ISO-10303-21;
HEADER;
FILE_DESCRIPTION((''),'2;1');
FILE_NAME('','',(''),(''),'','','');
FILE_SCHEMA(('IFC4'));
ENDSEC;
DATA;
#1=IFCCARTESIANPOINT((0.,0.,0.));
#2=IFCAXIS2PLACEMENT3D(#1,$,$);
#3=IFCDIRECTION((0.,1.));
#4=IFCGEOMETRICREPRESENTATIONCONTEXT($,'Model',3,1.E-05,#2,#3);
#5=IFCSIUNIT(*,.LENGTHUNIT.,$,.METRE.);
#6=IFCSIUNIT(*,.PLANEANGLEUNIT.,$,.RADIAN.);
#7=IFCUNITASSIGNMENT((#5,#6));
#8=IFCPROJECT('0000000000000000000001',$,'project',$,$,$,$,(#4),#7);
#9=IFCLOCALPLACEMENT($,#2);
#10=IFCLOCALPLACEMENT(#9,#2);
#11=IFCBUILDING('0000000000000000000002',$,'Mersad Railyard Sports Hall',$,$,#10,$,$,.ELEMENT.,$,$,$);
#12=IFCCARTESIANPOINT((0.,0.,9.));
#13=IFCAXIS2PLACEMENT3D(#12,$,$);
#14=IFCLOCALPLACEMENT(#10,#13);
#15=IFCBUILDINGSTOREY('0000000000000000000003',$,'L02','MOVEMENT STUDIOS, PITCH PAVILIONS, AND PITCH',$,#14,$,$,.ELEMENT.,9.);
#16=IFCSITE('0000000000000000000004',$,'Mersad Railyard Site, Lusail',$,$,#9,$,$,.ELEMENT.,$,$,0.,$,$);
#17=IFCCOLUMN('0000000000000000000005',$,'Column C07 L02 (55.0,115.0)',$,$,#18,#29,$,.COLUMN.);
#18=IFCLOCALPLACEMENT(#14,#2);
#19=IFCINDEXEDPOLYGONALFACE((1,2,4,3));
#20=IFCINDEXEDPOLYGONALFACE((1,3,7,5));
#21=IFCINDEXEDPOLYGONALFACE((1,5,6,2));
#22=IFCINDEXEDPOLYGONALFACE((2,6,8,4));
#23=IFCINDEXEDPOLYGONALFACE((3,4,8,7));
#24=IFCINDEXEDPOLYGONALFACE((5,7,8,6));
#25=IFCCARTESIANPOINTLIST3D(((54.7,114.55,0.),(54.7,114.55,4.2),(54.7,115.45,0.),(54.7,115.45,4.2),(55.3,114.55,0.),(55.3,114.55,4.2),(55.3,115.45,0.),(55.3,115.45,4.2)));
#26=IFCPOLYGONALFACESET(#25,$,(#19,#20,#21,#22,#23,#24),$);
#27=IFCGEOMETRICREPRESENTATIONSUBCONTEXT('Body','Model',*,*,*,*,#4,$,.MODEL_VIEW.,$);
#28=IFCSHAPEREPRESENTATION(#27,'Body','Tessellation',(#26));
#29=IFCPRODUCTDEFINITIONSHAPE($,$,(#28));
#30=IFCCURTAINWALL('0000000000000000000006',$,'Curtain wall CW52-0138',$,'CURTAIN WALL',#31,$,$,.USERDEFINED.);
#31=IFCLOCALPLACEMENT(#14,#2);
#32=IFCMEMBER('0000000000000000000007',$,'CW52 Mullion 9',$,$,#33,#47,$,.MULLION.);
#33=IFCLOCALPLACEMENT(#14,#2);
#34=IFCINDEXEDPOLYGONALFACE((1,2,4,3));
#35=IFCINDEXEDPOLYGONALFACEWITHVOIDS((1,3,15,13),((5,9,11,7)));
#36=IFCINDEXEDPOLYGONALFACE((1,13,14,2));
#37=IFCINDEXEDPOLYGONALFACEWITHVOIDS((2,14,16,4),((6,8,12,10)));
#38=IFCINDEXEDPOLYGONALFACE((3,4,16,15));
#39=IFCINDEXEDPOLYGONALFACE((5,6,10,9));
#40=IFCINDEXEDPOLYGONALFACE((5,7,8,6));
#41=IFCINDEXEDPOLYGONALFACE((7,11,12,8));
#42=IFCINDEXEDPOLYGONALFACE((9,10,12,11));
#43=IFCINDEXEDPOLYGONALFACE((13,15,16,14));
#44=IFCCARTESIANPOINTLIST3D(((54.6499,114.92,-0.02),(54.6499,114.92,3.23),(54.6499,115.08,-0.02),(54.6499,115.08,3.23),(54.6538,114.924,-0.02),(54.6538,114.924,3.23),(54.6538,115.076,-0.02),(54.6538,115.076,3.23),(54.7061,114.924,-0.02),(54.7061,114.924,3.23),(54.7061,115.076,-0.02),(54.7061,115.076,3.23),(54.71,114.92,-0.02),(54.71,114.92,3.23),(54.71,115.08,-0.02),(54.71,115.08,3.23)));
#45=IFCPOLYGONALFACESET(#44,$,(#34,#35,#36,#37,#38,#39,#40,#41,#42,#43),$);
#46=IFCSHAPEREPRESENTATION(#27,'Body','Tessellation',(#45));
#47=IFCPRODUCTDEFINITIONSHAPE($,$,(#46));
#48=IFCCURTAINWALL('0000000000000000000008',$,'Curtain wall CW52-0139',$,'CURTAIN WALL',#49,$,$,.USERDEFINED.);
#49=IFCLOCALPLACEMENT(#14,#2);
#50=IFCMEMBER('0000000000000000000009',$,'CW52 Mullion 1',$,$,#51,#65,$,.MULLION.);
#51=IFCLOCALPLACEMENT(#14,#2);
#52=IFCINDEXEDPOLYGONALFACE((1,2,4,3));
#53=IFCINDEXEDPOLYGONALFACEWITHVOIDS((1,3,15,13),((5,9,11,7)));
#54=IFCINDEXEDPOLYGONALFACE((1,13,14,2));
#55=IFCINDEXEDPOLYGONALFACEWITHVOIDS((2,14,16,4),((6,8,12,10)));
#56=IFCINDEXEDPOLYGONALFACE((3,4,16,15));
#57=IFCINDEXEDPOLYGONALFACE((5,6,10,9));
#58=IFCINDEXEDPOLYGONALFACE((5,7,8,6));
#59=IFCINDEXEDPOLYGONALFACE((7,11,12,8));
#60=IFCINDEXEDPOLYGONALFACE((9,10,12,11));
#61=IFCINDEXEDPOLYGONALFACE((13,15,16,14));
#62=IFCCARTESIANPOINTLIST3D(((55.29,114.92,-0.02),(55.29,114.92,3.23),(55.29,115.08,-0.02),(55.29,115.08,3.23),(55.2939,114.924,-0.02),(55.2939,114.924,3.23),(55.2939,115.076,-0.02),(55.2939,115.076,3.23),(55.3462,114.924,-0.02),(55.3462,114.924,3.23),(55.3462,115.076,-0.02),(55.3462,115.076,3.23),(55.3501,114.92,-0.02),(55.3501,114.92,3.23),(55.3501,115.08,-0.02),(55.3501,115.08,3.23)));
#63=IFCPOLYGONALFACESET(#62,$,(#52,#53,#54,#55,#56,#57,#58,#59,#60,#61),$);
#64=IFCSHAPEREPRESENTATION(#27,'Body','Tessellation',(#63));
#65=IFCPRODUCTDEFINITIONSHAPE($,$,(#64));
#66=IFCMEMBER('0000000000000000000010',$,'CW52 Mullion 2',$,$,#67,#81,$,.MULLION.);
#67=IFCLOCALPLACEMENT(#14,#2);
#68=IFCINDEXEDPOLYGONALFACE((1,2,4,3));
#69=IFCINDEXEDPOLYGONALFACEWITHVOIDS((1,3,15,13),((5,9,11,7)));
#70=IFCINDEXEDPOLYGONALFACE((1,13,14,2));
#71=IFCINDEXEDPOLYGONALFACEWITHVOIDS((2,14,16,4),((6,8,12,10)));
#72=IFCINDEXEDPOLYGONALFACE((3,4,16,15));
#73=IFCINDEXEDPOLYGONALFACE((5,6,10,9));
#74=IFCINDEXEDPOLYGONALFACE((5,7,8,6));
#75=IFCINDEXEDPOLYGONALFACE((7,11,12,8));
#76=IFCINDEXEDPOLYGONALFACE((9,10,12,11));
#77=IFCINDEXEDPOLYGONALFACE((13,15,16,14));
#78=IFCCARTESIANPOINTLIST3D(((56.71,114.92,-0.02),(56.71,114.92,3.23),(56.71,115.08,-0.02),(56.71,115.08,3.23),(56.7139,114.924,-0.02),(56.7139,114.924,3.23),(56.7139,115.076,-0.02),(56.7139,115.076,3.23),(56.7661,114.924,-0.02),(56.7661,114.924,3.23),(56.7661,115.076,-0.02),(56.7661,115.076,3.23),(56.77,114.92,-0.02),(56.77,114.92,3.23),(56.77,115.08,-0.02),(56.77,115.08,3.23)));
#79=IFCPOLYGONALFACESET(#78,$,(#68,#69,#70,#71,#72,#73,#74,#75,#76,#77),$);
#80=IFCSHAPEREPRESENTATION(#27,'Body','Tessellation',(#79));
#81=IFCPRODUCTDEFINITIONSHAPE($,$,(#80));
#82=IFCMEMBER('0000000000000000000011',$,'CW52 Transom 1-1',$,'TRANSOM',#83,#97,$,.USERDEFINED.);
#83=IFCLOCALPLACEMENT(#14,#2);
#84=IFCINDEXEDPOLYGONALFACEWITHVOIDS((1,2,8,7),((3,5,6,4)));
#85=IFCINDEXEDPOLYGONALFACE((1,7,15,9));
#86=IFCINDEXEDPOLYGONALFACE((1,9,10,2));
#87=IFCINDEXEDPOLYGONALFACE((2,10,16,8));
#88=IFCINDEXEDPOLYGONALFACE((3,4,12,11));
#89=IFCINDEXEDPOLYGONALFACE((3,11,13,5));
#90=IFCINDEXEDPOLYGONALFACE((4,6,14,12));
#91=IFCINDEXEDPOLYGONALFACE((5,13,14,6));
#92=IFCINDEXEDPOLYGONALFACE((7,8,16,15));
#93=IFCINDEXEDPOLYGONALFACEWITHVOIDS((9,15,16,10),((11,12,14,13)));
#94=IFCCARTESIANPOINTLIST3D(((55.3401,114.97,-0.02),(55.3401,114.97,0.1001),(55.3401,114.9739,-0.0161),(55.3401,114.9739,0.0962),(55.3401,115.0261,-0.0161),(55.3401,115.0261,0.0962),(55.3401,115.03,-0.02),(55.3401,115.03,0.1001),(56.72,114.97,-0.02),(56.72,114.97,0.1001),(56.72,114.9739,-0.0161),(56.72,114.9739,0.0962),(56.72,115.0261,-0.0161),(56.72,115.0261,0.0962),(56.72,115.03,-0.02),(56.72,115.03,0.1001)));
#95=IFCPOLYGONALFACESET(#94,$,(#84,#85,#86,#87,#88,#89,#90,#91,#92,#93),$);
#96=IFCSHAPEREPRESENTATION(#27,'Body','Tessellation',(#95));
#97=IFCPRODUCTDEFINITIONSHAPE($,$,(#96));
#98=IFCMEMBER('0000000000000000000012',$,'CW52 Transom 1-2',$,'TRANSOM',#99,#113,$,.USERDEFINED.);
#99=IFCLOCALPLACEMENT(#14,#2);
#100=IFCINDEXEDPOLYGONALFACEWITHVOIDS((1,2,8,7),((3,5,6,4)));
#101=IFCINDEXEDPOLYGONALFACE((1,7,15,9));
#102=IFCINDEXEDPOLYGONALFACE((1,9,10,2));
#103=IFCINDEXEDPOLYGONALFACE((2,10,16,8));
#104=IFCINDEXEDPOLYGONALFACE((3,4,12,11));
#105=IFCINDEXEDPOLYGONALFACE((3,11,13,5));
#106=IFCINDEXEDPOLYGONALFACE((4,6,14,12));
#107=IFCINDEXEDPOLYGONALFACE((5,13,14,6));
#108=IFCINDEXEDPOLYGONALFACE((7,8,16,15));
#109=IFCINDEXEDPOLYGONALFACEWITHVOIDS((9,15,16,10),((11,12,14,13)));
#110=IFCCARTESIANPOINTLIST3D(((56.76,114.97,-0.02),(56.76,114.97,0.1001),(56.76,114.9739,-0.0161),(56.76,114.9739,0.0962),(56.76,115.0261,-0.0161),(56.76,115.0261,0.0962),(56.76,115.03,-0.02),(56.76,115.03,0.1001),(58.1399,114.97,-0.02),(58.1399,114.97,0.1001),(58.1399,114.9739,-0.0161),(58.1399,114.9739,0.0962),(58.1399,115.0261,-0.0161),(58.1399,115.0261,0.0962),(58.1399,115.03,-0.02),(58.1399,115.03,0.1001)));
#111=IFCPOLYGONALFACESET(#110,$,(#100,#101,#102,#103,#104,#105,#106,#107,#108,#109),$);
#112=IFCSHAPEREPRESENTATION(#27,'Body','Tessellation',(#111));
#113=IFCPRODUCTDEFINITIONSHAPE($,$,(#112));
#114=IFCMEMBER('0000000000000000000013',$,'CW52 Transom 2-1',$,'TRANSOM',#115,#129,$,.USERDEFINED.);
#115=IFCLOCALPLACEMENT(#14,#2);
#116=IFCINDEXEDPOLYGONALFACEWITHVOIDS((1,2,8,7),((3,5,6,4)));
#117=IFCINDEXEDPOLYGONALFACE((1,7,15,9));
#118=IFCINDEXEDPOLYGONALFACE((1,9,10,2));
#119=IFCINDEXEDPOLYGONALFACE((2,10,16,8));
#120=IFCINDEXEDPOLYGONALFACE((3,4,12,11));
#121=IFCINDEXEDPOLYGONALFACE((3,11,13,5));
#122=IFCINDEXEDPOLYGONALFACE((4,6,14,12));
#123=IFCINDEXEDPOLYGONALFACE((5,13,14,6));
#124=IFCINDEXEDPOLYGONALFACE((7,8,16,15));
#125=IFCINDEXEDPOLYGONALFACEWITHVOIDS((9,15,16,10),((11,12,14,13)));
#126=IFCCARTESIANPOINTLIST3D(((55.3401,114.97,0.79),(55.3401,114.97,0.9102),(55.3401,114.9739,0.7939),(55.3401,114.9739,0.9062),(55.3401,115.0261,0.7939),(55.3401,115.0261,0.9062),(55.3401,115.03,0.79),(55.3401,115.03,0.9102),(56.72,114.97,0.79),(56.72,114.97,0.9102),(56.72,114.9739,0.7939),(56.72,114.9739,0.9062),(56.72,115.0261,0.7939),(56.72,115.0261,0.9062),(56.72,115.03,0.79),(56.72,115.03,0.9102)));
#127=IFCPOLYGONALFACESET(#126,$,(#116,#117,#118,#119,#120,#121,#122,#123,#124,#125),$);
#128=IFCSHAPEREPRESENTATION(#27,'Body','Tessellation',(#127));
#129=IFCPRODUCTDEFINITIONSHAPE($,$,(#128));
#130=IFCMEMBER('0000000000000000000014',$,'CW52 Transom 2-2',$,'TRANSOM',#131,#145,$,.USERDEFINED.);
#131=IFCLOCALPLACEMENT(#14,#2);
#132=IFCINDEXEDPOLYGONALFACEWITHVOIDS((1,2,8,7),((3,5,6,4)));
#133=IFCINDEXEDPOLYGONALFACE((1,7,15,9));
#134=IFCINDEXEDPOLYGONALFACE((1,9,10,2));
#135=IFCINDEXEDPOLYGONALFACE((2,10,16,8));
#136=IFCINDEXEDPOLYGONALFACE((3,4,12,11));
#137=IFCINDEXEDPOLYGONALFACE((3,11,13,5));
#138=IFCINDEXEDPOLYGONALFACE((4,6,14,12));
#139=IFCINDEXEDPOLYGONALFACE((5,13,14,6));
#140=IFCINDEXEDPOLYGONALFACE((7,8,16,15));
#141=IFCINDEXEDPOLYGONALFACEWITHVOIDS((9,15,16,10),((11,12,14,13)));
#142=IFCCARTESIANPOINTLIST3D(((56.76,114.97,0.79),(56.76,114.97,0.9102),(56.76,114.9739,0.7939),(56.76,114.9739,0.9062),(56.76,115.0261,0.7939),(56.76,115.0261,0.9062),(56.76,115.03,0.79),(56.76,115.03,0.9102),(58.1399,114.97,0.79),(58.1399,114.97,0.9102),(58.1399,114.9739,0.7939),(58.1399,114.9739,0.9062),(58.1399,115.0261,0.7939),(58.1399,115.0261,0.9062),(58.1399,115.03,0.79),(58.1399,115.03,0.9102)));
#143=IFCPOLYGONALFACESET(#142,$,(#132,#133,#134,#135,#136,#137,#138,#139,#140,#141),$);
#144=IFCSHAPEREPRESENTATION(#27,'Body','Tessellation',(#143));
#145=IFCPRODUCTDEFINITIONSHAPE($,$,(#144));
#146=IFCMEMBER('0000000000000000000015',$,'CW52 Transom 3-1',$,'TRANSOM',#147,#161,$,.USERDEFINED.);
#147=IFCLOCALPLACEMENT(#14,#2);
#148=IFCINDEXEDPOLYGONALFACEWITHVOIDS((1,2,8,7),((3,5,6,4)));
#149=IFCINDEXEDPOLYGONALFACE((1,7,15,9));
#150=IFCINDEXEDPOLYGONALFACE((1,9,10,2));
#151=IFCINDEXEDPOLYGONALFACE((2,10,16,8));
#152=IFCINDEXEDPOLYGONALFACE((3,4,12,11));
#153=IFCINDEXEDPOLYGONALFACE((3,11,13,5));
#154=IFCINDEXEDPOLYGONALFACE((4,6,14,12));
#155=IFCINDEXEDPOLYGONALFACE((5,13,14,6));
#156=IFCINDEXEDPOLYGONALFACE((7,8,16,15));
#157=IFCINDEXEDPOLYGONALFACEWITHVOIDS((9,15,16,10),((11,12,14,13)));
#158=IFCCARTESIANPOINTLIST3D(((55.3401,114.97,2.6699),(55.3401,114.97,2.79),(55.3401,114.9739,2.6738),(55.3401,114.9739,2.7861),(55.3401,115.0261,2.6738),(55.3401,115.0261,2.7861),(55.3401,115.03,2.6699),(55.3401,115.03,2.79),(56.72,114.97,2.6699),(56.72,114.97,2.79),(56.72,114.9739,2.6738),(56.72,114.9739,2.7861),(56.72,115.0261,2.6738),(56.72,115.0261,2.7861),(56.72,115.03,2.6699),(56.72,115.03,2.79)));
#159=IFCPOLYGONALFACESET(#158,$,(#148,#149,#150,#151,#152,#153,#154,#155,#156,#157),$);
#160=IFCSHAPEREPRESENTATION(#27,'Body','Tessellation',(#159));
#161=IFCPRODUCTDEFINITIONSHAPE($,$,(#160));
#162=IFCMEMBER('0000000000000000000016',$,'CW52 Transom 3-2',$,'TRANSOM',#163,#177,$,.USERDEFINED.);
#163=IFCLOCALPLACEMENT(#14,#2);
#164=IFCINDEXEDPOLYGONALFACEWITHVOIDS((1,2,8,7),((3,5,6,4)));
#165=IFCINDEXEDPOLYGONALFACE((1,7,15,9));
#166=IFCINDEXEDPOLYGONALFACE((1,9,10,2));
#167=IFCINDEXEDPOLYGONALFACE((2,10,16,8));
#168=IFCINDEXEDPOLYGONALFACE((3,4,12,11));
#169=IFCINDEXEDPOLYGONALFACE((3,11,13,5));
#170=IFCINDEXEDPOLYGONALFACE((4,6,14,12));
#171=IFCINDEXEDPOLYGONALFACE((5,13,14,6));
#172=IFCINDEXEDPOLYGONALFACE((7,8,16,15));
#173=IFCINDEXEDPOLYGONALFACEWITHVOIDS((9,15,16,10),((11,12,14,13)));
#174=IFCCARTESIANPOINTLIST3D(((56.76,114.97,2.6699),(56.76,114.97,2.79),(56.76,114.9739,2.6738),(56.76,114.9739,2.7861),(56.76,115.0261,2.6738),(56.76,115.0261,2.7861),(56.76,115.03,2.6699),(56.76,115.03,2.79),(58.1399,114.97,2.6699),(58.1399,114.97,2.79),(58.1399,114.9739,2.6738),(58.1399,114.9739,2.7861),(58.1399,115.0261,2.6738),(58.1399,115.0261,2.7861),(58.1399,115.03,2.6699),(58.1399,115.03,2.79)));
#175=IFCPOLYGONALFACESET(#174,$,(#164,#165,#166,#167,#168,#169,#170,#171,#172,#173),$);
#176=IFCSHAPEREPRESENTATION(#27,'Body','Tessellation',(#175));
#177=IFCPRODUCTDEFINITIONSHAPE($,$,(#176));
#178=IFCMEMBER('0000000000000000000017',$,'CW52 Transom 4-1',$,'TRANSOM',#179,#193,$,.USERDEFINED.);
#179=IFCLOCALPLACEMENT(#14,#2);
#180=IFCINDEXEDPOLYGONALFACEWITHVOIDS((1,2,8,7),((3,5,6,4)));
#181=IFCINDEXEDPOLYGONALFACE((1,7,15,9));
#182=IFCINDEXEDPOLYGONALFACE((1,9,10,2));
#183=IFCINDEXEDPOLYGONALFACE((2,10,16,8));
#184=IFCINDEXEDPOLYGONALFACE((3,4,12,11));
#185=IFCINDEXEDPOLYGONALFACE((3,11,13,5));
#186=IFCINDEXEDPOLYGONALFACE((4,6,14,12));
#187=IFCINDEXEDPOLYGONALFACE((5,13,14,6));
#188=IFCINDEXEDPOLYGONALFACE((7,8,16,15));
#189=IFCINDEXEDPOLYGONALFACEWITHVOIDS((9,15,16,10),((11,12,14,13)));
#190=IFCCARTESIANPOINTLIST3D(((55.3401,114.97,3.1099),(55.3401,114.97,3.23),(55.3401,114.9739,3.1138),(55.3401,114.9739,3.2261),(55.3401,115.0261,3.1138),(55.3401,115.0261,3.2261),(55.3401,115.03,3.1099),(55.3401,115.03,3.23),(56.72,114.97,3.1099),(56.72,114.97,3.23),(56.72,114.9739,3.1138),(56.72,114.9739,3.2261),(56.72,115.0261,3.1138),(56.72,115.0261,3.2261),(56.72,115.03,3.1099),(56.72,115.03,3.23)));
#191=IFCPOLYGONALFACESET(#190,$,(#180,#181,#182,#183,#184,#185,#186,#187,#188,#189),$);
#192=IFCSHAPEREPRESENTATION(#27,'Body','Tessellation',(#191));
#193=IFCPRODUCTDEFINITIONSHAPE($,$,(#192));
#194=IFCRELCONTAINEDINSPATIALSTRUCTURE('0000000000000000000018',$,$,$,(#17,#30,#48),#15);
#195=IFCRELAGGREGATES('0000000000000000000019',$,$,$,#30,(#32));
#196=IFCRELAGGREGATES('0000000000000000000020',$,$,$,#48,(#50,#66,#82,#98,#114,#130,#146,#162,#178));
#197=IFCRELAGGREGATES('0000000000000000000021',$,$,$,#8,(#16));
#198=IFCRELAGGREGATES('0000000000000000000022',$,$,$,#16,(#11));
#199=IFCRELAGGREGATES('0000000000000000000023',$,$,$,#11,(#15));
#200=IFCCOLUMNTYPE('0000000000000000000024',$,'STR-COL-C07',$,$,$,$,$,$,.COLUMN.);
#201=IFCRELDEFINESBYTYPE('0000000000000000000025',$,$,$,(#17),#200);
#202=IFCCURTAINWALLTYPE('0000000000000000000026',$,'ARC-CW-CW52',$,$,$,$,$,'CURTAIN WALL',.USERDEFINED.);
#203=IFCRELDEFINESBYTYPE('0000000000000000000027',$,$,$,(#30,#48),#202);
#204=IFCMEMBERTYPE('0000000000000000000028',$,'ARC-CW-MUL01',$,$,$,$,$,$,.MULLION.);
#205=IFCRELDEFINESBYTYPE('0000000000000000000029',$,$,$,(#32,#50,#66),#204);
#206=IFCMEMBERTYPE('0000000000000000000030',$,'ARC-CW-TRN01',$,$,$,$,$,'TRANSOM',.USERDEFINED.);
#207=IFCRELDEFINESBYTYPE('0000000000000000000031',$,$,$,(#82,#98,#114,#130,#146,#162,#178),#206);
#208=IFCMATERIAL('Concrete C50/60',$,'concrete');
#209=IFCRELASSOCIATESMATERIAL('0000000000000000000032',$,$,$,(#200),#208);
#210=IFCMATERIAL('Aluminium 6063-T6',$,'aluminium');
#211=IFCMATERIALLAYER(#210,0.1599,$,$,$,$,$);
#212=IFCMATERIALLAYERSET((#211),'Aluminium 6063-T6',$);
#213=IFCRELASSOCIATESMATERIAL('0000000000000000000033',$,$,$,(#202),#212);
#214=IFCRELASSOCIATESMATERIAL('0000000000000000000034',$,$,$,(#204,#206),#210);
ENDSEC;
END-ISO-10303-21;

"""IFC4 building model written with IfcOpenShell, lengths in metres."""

from ifc_helpers import new_model, si_unit, direction, frame, origin, origin_2d, place, context, subcontext, project, spatial, rectangle, hollow_rectangle, extrude, material, layer, layer_set, material_profile, profile_set, type_object, element, aggregate, save


model = new_model("IFC4")

# Units and contexts
model_context = context("Model", 3, precision=1e-05, world=origin(), true_north=direction((0.0, 1.0)))
body_context = subcontext(model_context, "Body", "Model", "MODEL_VIEW")
ifc_project = project(units=[si_unit("LENGTHUNIT", "METRE"), si_unit("PLANEANGLEUNIT", "RADIAN")], contexts=[model_context])

# Site, building, storey
site_placement = place(None, origin())
site = spatial("IfcSite", under=ifc_project, at=site_placement, Name="Mersad Railyard Site, Lusail", CompositionType="ELEMENT", RefElevation=0.0)
building_placement = place(site_placement, origin())
building = spatial("IfcBuilding", under=site, at=building_placement, Name="Mersad Railyard Sports Hall", CompositionType="ELEMENT")
storey_placement = place(building_placement, frame((0.0, 0.0, 9.0)))
storey = spatial("IfcBuildingStorey", under=building, at=storey_placement, Name="L02", Description="MOVEMENT STUDIOS, PITCH PAVILIONS, AND PITCH", CompositionType="ELEMENT", Elevation=9.0)

# Column
ifc_material_1 = material(Name="Concrete C50/60", Category="concrete")
ifc_material_profile_1 = material_profile(ifc_material_1, rectangle(XDim=0.6001, YDim=0.8999, at=origin_2d()), Name="RC 600x900")
ifc_profile_set_1 = profile_set([ifc_material_profile_1], Name="Concrete C50/60")
column_type = type_object("IfcColumnType", Name="STR-COL-C07", PredefinedType="COLUMN", material=ifc_profile_set_1)
column_placement = place(storey_placement, frame((55.0, 115.0, 0.0), z_axis=(0.0, 0.0, 1.0), x_axis=(1.0, 0.0, 0.0)))
element("IfcColumn", 1, at=column_placement, inside=storey, type_object=column_type, Name="Column C07 L02 (55.0,115.0)", PredefinedType="COLUMN", context=body_context, shape_type="SweptSolid", body=[
    extrude(rectangle(XDim=0.6001, YDim=0.8999, at=origin_2d()), origin(), (0.0, 0.0, 1.0), 4.2),
])

# Curtain wall, member
ifc_material_2 = material(Name="Aluminium 6063-T6", Category="aluminium")
ifc_layer_1 = layer(ifc_material_2, 0.1599)
ifc_layer_set_1 = layer_set([ifc_layer_1], Name="Aluminium 6063-T6")
curtain_wall_type = type_object("IfcCurtainWallType", Name="ARC-CW-CW52", ElementType="CURTAIN WALL", PredefinedType="USERDEFINED", material=ifc_layer_set_1)
curtain_wall_1_placement = place(storey_placement, origin())
curtain_wall_1 = element("IfcCurtainWall", 2, at=curtain_wall_1_placement, inside=storey, type_object=curtain_wall_type, Name="Curtain wall CW52-0138", ObjectType="CURTAIN WALL", PredefinedType="USERDEFINED")
ifc_material_profile_2 = material_profile(ifc_material_2, hollow_rectangle(XDim=0.0601, YDim=0.1599, WallThickness=0.0039, at=origin_2d()), Name="AL MULLION 60x160x4")
ifc_profile_set_2 = profile_set([ifc_material_profile_2], Name="Aluminium 6063-T6")
member_type_1 = type_object("IfcMemberType", Name="ARC-CW-MUL01", PredefinedType="MULLION", material=ifc_profile_set_2)
member_1_placement = place(storey_placement, frame((54.6799, 115.0, -0.02), z_axis=(0.0, 0.0, 1.0), x_axis=(1.0, 0.0, 0.0)))
member_1 = element("IfcMember", 3, at=member_1_placement, type_object=member_type_1, Name="CW52 Mullion 9", PredefinedType="MULLION", context=body_context, shape_type="SweptSolid", body=[
    extrude(hollow_rectangle(XDim=0.0601, YDim=0.1599, WallThickness=0.0039, at=origin_2d()), origin(), (0.0, 0.0, 1.0), 3.25),
])

# Curtain wall, members
curtain_wall_2_placement = place(storey_placement, origin())
curtain_wall_2 = element("IfcCurtainWall", 4, at=curtain_wall_2_placement, inside=storey, type_object=curtain_wall_type, Name="Curtain wall CW52-0139", ObjectType="CURTAIN WALL", PredefinedType="USERDEFINED")
member_2_placement = place(storey_placement, frame((55.3201, 115.0, -0.02), z_axis=(0.0, 0.0, 1.0), x_axis=(1.0, 0.0, 0.0)))
member_2 = element("IfcMember", 5, at=member_2_placement, type_object=member_type_1, Name="CW52 Mullion 1", PredefinedType="MULLION", context=body_context, shape_type="SweptSolid", body=[
    extrude(hollow_rectangle(XDim=0.0601, YDim=0.1599, WallThickness=0.0039, at=origin_2d()), origin(), (0.0, 0.0, 1.0), 3.25),
])
member_3_placement = place(storey_placement, frame((56.74, 115.0, -0.02), z_axis=(0.0, 0.0, 1.0), x_axis=(1.0, 0.0, 0.0)))
member_3 = element("IfcMember", 6, at=member_3_placement, type_object=member_type_1, Name="CW52 Mullion 2", PredefinedType="MULLION", context=body_context, shape_type="SweptSolid", body=[
    extrude(hollow_rectangle(XDim=0.0601, YDim=0.1599, WallThickness=0.0039, at=origin_2d()), origin(), (0.0, 0.0, 1.0), 3.25),
])
ifc_material_profile_3 = material_profile(ifc_material_2, hollow_rectangle(XDim=0.0601, YDim=0.1201, WallThickness=0.0039, at=origin_2d()), Name="AL TRANSOM 60x120x4")
ifc_profile_set_3 = profile_set([ifc_material_profile_3], Name="Aluminium 6063-T6")
member_type_2 = type_object("IfcMemberType", Name="ARC-CW-TRN01", ElementType="TRANSOM", PredefinedType="USERDEFINED", material=ifc_profile_set_3)
member_4_placement = place(storey_placement, frame((55.3401, 115.0, 0.04), z_axis=(1.0, 0.0, 0.0), x_axis=(0.0, 1.0, 0.0)))
member_4 = element("IfcMember", 7, at=member_4_placement, type_object=member_type_2, Name="CW52 Transom 1-1", ObjectType="TRANSOM", PredefinedType="USERDEFINED", context=body_context, shape_type="SweptSolid", body=[
    extrude(hollow_rectangle(XDim=0.0601, YDim=0.1201, WallThickness=0.0039, at=origin_2d()), origin(), (0.0, 0.0, 1.0), 1.3799),
])
member_5_placement = place(storey_placement, frame((56.76, 115.0, 0.04), z_axis=(1.0, 0.0, 0.0), x_axis=(0.0, 1.0, 0.0)))
member_5 = element("IfcMember", 8, at=member_5_placement, type_object=member_type_2, Name="CW52 Transom 1-2", ObjectType="TRANSOM", PredefinedType="USERDEFINED", context=body_context, shape_type="SweptSolid", body=[
    extrude(hollow_rectangle(XDim=0.0601, YDim=0.1201, WallThickness=0.0039, at=origin_2d()), origin(), (0.0, 0.0, 1.0), 1.3799),
])
member_6_placement = place(storey_placement, frame((55.3401, 115.0, 0.8501), z_axis=(1.0, 0.0, 0.0), x_axis=(0.0, 1.0, 0.0)))
member_6 = element("IfcMember", 9, at=member_6_placement, type_object=member_type_2, Name="CW52 Transom 2-1", ObjectType="TRANSOM", PredefinedType="USERDEFINED", context=body_context, shape_type="SweptSolid", body=[
    extrude(hollow_rectangle(XDim=0.0601, YDim=0.1201, WallThickness=0.0039, at=origin_2d()), origin(), (0.0, 0.0, 1.0), 1.3799),
])
member_7_placement = place(storey_placement, frame((56.76, 115.0, 0.8501), z_axis=(1.0, 0.0, 0.0), x_axis=(0.0, 1.0, 0.0)))
member_7 = element("IfcMember", 10, at=member_7_placement, type_object=member_type_2, Name="CW52 Transom 2-2", ObjectType="TRANSOM", PredefinedType="USERDEFINED", context=body_context, shape_type="SweptSolid", body=[
    extrude(hollow_rectangle(XDim=0.0601, YDim=0.1201, WallThickness=0.0039, at=origin_2d()), origin(), (0.0, 0.0, 1.0), 1.3799),
])
member_8_placement = place(storey_placement, frame((55.3401, 115.0, 2.73), z_axis=(1.0, 0.0, 0.0), x_axis=(0.0, 1.0, 0.0)))
member_8 = element("IfcMember", 11, at=member_8_placement, type_object=member_type_2, Name="CW52 Transom 3-1", ObjectType="TRANSOM", PredefinedType="USERDEFINED", context=body_context, shape_type="SweptSolid", body=[
    extrude(hollow_rectangle(XDim=0.0601, YDim=0.1201, WallThickness=0.0039, at=origin_2d()), origin(), (0.0, 0.0, 1.0), 1.3799),
])
member_9_placement = place(storey_placement, frame((56.76, 115.0, 2.73), z_axis=(1.0, 0.0, 0.0), x_axis=(0.0, 1.0, 0.0)))
member_9 = element("IfcMember", 12, at=member_9_placement, type_object=member_type_2, Name="CW52 Transom 3-2", ObjectType="TRANSOM", PredefinedType="USERDEFINED", context=body_context, shape_type="SweptSolid", body=[
    extrude(hollow_rectangle(XDim=0.0601, YDim=0.1201, WallThickness=0.0039, at=origin_2d()), origin(), (0.0, 0.0, 1.0), 1.3799),
])
member_10_placement = place(storey_placement, frame((55.3401, 115.0, 3.1699), z_axis=(1.0, 0.0, 0.0), x_axis=(0.0, 1.0, 0.0)))
member_10 = element("IfcMember", 13, at=member_10_placement, type_object=member_type_2, Name="CW52 Transom 4-1", ObjectType="TRANSOM", PredefinedType="USERDEFINED", context=body_context, shape_type="SweptSolid", body=[
    extrude(hollow_rectangle(XDim=0.0601, YDim=0.1201, WallThickness=0.0039, at=origin_2d()), origin(), (0.0, 0.0, 1.0), 1.3799),
])

aggregate(curtain_wall_1, [member_1])
aggregate(curtain_wall_2, [member_2, member_3, member_4, member_5, member_6, member_7, member_8, member_9, member_10])

save(model, "model.ifc")
